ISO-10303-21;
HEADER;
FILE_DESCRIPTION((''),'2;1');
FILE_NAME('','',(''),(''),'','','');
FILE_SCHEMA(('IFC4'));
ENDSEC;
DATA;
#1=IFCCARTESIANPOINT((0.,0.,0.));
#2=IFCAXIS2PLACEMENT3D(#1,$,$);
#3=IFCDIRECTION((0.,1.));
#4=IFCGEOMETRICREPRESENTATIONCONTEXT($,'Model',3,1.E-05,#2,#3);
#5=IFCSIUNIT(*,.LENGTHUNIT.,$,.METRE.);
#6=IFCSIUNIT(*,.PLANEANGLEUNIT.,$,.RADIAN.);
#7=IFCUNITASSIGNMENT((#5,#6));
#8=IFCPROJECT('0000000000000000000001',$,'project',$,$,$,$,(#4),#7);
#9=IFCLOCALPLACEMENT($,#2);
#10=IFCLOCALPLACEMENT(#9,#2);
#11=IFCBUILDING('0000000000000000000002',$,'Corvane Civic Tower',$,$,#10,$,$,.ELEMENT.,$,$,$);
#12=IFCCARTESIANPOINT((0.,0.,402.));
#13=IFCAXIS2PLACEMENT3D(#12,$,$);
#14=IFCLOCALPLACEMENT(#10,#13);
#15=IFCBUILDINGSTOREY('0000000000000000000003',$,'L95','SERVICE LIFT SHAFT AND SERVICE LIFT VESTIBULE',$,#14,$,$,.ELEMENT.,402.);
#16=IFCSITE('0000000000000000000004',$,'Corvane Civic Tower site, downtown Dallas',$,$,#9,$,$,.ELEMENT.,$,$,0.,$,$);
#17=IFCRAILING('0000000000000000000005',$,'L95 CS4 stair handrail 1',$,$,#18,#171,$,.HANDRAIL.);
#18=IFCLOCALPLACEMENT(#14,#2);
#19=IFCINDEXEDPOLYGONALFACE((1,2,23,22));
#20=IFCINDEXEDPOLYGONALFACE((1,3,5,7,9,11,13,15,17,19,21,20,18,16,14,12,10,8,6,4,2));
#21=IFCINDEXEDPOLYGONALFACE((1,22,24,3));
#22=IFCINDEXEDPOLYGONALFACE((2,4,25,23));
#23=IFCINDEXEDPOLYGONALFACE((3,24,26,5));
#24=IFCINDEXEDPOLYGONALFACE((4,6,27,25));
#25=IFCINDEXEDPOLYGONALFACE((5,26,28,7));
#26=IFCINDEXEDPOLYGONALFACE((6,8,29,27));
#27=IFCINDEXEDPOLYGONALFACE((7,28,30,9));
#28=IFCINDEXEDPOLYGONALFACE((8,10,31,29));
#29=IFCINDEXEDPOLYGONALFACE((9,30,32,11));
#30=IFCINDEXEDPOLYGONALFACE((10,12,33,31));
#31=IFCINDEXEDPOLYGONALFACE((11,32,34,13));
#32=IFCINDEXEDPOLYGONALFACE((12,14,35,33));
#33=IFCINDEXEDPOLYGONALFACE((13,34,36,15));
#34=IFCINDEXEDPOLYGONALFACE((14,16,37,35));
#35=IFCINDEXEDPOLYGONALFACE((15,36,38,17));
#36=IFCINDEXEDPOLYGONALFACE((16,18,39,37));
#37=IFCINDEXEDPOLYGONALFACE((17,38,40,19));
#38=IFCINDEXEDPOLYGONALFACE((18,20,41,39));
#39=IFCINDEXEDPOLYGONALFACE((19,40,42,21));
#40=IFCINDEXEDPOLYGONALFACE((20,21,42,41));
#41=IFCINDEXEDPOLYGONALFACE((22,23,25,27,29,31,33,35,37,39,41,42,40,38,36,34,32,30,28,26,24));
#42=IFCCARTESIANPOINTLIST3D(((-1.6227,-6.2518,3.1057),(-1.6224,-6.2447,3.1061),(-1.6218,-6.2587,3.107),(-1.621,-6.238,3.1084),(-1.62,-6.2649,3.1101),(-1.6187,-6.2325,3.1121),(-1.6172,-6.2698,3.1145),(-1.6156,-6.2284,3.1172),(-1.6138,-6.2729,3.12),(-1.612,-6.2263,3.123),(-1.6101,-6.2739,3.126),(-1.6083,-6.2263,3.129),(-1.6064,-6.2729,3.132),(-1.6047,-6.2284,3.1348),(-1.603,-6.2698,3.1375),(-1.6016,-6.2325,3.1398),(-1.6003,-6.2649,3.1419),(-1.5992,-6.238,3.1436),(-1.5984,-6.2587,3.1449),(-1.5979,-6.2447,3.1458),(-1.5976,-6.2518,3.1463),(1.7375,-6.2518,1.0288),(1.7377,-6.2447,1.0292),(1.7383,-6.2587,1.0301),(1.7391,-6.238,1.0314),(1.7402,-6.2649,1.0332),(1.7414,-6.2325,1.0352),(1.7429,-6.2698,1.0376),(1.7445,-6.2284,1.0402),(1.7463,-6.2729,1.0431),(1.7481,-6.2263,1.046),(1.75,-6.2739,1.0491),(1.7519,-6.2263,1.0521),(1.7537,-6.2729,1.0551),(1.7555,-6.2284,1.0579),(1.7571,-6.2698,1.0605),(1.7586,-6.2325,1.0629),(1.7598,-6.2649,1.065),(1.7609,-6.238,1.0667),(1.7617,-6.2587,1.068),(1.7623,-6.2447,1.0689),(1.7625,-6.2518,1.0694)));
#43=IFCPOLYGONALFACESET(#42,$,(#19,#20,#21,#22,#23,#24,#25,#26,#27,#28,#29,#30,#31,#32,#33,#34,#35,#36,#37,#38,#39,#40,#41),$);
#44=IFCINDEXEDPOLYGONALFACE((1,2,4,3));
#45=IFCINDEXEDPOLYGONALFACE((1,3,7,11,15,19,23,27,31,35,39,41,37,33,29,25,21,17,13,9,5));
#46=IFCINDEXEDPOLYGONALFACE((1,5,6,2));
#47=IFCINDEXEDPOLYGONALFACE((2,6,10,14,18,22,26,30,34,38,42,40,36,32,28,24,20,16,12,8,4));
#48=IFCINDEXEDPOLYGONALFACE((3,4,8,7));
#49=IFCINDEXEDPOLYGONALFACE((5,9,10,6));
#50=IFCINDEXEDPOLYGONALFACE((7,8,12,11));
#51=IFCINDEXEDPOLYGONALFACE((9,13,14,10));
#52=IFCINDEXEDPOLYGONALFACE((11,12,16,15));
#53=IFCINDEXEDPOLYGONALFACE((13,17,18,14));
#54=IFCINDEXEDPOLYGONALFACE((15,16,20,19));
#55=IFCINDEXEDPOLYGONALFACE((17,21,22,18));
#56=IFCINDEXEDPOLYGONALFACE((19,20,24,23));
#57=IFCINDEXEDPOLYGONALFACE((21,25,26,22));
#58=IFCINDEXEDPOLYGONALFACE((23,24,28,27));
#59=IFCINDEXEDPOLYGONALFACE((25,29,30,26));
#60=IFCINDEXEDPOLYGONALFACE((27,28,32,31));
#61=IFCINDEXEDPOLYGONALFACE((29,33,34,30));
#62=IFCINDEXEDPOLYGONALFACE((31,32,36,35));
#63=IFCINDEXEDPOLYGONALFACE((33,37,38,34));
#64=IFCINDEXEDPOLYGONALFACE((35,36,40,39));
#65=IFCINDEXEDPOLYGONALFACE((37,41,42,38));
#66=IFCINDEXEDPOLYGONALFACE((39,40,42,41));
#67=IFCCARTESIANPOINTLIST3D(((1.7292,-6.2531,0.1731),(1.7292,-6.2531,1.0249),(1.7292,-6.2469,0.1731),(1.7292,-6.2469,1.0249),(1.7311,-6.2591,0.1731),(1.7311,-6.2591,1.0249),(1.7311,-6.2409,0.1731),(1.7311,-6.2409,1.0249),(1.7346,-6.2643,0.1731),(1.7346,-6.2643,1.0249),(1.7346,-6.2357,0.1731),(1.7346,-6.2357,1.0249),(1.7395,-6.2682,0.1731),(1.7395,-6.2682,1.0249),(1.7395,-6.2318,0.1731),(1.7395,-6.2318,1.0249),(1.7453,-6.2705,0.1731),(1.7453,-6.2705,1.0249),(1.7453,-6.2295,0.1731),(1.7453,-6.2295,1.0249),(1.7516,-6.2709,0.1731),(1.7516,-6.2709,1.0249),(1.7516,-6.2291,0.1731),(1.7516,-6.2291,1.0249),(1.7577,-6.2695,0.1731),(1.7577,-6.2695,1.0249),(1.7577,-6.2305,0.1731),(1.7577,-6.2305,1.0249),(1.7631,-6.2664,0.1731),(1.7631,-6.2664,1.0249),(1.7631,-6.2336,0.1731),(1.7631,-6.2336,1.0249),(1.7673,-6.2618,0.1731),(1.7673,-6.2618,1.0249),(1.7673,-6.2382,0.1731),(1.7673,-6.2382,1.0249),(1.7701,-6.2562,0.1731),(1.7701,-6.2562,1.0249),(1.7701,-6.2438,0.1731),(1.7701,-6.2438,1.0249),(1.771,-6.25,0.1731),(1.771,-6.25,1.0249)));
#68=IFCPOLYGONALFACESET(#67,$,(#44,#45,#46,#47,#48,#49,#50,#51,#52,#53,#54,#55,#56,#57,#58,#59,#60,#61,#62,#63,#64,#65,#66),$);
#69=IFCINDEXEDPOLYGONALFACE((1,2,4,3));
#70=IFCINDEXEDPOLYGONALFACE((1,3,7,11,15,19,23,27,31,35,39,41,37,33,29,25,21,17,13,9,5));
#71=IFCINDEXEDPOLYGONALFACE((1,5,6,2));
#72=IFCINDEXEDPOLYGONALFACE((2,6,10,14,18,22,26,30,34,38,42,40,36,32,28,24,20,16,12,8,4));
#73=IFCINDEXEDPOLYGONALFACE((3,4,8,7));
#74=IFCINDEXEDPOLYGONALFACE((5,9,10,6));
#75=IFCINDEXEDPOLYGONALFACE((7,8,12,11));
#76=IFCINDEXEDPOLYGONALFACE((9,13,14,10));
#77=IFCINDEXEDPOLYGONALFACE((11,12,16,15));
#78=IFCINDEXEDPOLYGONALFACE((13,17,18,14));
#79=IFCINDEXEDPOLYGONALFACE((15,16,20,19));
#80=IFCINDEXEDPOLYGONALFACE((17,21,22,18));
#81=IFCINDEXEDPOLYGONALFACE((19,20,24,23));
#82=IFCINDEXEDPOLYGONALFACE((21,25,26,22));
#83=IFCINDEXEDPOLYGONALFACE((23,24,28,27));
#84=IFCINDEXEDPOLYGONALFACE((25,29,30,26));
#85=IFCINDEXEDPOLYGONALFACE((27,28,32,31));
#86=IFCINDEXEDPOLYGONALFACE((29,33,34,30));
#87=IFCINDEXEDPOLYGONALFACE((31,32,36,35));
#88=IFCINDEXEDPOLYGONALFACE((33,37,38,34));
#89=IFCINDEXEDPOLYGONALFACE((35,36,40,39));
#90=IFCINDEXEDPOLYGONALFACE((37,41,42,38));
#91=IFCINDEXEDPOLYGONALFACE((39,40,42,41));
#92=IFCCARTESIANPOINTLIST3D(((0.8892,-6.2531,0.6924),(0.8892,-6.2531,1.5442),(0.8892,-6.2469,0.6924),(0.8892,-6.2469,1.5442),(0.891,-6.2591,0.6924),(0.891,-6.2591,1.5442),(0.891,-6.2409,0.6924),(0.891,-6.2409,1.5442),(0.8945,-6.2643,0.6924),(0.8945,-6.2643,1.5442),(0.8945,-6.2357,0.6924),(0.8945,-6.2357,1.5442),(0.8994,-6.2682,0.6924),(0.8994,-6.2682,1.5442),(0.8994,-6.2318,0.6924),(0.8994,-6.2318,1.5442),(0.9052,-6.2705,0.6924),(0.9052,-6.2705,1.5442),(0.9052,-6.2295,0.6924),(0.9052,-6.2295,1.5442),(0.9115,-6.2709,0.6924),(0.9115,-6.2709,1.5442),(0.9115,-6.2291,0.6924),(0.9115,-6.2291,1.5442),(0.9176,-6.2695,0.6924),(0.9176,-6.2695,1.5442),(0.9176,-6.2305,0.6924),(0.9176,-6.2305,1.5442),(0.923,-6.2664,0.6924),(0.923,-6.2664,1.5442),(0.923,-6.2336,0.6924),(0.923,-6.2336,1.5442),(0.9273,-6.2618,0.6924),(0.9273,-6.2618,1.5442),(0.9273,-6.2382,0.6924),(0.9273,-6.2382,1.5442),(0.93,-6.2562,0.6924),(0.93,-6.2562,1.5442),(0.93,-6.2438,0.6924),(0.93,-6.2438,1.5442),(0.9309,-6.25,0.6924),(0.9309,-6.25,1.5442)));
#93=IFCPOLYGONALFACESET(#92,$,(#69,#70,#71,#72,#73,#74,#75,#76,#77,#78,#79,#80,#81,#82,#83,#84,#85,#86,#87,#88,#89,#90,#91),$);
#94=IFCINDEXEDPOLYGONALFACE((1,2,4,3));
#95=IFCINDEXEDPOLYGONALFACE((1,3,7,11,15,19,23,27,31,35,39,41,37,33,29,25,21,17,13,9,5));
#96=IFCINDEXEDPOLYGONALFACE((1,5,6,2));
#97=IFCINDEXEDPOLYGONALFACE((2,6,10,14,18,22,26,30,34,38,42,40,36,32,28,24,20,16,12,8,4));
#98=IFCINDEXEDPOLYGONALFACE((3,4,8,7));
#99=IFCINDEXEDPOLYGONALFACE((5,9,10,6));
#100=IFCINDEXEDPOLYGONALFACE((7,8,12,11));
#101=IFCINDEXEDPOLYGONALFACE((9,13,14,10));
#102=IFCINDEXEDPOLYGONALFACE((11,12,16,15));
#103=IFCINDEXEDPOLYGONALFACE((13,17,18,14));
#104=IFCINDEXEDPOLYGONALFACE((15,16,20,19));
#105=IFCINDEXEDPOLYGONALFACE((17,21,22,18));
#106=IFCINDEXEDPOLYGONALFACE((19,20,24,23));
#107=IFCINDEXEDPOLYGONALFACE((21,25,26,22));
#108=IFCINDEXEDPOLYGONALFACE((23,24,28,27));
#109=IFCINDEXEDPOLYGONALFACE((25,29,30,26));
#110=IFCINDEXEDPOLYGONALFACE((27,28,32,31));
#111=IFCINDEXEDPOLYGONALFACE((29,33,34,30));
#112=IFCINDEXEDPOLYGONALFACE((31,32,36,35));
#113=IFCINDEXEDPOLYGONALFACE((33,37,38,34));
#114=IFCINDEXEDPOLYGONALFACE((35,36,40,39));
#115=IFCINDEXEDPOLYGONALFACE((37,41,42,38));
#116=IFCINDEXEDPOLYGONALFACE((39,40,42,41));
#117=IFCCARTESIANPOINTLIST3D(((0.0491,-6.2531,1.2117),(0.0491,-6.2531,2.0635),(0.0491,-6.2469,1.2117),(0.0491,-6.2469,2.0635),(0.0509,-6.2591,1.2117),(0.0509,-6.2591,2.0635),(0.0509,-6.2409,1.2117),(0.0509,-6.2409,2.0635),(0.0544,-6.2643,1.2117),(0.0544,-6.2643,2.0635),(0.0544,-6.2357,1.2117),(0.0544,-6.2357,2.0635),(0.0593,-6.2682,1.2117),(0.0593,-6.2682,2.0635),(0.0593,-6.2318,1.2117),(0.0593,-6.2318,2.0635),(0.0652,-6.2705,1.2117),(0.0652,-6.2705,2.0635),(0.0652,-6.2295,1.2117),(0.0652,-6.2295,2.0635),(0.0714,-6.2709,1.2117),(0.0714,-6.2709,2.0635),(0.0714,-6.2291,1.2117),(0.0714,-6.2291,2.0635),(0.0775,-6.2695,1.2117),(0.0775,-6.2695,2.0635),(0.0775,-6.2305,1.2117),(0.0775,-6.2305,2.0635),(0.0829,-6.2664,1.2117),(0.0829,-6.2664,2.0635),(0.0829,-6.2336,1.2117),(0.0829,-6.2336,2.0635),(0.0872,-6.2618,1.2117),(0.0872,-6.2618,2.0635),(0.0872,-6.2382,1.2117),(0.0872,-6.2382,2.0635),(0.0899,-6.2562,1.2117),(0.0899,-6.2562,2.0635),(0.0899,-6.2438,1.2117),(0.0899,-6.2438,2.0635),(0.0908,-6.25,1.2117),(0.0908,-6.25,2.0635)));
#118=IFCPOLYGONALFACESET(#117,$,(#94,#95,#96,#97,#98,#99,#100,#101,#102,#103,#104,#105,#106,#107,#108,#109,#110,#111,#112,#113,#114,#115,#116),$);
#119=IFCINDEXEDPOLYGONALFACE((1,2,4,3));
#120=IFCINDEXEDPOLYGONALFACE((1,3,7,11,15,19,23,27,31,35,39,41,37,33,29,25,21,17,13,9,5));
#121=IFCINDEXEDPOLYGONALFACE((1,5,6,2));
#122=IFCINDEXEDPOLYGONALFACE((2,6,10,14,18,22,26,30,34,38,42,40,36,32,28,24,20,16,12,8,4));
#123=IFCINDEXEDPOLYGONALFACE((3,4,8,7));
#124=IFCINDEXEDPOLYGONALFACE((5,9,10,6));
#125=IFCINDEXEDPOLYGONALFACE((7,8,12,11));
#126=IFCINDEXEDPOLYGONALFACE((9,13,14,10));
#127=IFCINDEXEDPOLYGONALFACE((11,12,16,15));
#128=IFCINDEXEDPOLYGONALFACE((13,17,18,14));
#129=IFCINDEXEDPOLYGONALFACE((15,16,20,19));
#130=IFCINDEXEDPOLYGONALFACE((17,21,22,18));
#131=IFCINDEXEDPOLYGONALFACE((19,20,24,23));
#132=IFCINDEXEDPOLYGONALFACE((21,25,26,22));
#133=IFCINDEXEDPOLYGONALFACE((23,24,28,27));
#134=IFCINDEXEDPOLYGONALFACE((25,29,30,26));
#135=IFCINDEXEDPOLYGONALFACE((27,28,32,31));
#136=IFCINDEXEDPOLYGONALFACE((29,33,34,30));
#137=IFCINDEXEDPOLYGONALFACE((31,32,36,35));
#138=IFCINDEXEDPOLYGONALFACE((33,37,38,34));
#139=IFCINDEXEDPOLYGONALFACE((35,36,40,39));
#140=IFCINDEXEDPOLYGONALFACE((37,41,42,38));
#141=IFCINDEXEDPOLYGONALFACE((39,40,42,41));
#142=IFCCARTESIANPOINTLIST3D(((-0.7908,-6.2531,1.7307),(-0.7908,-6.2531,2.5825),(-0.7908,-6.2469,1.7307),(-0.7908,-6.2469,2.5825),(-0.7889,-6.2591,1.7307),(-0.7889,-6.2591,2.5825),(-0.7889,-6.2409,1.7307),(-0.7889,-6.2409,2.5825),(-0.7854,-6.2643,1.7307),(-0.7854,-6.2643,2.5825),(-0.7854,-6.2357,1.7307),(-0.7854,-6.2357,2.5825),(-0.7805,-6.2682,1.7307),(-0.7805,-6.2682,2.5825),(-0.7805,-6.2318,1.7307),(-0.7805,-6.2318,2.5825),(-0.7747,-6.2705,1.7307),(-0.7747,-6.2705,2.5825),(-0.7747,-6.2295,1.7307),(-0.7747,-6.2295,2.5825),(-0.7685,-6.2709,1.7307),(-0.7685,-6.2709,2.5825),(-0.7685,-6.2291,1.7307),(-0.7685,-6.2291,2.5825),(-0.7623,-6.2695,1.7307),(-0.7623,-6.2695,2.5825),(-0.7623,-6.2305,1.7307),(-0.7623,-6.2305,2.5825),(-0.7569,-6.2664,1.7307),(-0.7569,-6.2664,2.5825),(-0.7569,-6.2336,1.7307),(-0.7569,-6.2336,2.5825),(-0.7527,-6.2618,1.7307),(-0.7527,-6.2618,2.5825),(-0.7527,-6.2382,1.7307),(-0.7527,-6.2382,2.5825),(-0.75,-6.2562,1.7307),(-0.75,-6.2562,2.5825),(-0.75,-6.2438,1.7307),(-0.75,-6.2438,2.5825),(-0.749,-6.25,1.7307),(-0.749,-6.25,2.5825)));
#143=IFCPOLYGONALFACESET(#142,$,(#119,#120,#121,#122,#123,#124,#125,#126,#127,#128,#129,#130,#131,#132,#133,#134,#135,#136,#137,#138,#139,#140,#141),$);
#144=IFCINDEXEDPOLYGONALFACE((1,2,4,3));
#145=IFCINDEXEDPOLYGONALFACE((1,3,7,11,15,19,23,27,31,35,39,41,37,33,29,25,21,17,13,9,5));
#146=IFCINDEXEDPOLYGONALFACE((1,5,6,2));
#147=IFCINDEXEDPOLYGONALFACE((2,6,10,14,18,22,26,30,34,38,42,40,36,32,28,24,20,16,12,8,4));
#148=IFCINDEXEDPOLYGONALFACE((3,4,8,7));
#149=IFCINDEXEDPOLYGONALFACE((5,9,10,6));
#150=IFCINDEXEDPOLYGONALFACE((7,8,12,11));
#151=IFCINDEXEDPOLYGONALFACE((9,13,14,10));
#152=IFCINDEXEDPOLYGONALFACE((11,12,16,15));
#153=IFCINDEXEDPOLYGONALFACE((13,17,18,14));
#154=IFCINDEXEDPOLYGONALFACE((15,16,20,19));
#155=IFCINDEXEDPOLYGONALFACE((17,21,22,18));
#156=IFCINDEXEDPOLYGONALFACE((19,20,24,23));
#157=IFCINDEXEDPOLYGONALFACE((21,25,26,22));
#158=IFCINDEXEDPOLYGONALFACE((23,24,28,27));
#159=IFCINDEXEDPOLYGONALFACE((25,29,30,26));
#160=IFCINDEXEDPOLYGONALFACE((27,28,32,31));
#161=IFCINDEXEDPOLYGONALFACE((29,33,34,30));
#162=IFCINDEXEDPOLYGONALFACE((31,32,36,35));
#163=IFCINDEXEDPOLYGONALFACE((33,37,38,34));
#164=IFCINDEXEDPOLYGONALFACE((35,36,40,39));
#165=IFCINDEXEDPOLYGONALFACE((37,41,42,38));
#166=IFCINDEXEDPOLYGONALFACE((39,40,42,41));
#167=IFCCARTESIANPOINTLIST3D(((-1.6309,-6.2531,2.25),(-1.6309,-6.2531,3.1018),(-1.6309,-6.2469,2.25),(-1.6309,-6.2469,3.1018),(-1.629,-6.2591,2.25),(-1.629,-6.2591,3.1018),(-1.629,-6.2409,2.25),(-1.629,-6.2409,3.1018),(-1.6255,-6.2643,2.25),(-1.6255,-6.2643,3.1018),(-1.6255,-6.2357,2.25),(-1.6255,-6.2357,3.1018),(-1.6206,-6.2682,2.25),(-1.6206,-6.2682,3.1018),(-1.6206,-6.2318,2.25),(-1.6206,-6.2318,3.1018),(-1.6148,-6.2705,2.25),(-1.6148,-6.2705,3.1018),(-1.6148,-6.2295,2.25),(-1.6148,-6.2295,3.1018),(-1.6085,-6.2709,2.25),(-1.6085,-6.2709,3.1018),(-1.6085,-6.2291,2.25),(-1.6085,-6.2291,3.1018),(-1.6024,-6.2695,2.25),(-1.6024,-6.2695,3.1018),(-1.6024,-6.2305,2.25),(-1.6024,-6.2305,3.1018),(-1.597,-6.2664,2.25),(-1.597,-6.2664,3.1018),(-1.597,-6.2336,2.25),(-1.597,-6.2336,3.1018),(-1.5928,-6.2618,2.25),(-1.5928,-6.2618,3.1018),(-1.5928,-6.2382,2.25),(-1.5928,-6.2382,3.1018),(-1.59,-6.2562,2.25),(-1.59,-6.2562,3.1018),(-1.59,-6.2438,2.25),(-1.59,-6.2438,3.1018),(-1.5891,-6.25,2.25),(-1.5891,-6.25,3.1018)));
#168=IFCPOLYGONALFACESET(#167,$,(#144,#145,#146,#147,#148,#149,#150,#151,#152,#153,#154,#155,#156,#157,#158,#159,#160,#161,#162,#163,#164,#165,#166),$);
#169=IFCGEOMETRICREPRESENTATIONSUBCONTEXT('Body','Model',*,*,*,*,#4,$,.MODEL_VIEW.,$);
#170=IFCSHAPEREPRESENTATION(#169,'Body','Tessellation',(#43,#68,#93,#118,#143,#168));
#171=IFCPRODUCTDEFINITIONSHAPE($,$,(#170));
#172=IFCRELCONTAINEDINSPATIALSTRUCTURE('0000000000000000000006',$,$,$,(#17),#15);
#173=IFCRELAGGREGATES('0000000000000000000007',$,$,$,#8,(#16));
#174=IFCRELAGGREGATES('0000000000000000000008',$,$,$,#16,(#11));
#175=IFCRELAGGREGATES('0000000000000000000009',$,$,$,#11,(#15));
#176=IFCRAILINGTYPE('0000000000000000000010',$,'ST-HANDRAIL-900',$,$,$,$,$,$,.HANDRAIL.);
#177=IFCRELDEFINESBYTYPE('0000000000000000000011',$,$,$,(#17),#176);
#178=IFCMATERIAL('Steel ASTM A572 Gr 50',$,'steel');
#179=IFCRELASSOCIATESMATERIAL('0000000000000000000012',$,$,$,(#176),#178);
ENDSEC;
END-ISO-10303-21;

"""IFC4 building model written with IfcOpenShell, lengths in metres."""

from ifc_helpers import new_model, si_unit, direction, frame, origin, origin_2d, place, context, subcontext, project, spatial, circle, extrude, material, type_object, element, save


model = new_model("IFC4")

# Units and contexts
model_context = context("Model", 3, precision=1e-05, world=origin(), true_north=direction((0.0, 1.0)))
body_context = subcontext(model_context, "Body", "Model", "MODEL_VIEW")
ifc_project = project(units=[si_unit("LENGTHUNIT", "METRE"), si_unit("PLANEANGLEUNIT", "RADIAN")], contexts=[model_context])

# Site, building, storey
site_placement = place(None, origin())
site = spatial("IfcSite", under=ifc_project, at=site_placement, Name="Corvane Civic Tower site, downtown Dallas", CompositionType="ELEMENT", RefElevation=0.0)
building_placement = place(site_placement, origin())
building = spatial("IfcBuilding", under=site, at=building_placement, Name="Corvane Civic Tower", CompositionType="ELEMENT")
storey_placement = place(building_placement, frame((0.0, 0.0, 402.0)))
storey = spatial("IfcBuildingStorey", under=building, at=storey_placement, Name="L95", Description="SERVICE LIFT SHAFT AND SERVICE LIFT VESTIBULE", CompositionType="ELEMENT", Elevation=402.0)

# Railing
ifc_material_1 = material(Name="Steel ASTM A572 Gr 50", Category="steel")
railing_type_1 = type_object("IfcRailingType", Name="ST-HANDRAIL-900", PredefinedType="HANDRAIL", material=ifc_material_1)
railing_1_placement = place(storey_placement, frame((1.75, -6.25, 0.1731)))
element("IfcRailing", 1, at=railing_1_placement, inside=storey, type_object=railing_type_1, Name="L95 CS4 stair handrail 1", PredefinedType="HANDRAIL", context=body_context, shape_type="SweptSolid", body=[
    extrude(circle(Radius=0.0239, at=origin_2d()), frame((0.0, 0.0, 0.876), z_axis=(-0.850623, 0.0, 0.525776), x_axis=(0.0, -1.0, 0.0)), (0.0, 0.0, 1.0), 3.9502),
    extrude(circle(Radius=0.021, at=origin_2d()), origin(), (0.0, 0.0, 1.0), 0.8518),
    extrude(circle(Radius=0.021, at=origin_2d()), frame((-0.8401, 0.0, 0.5193)), (0.0, 0.0, 1.0), 0.8518),
    extrude(circle(Radius=0.021, at=origin_2d()), frame((-1.6802, 0.0, 1.0386)), (0.0, 0.0, 1.0), 0.8518),
    extrude(circle(Radius=0.021, at=origin_2d()), frame((-2.52, 0.0, 1.5576)), (0.0, 0.0, 1.0), 0.8518),
    extrude(circle(Radius=0.021, at=origin_2d()), frame((-3.3601, 0.0, 2.0769)), (0.0, 0.0, 1.0), 0.8518),
])

save(model, "model.ifc")
